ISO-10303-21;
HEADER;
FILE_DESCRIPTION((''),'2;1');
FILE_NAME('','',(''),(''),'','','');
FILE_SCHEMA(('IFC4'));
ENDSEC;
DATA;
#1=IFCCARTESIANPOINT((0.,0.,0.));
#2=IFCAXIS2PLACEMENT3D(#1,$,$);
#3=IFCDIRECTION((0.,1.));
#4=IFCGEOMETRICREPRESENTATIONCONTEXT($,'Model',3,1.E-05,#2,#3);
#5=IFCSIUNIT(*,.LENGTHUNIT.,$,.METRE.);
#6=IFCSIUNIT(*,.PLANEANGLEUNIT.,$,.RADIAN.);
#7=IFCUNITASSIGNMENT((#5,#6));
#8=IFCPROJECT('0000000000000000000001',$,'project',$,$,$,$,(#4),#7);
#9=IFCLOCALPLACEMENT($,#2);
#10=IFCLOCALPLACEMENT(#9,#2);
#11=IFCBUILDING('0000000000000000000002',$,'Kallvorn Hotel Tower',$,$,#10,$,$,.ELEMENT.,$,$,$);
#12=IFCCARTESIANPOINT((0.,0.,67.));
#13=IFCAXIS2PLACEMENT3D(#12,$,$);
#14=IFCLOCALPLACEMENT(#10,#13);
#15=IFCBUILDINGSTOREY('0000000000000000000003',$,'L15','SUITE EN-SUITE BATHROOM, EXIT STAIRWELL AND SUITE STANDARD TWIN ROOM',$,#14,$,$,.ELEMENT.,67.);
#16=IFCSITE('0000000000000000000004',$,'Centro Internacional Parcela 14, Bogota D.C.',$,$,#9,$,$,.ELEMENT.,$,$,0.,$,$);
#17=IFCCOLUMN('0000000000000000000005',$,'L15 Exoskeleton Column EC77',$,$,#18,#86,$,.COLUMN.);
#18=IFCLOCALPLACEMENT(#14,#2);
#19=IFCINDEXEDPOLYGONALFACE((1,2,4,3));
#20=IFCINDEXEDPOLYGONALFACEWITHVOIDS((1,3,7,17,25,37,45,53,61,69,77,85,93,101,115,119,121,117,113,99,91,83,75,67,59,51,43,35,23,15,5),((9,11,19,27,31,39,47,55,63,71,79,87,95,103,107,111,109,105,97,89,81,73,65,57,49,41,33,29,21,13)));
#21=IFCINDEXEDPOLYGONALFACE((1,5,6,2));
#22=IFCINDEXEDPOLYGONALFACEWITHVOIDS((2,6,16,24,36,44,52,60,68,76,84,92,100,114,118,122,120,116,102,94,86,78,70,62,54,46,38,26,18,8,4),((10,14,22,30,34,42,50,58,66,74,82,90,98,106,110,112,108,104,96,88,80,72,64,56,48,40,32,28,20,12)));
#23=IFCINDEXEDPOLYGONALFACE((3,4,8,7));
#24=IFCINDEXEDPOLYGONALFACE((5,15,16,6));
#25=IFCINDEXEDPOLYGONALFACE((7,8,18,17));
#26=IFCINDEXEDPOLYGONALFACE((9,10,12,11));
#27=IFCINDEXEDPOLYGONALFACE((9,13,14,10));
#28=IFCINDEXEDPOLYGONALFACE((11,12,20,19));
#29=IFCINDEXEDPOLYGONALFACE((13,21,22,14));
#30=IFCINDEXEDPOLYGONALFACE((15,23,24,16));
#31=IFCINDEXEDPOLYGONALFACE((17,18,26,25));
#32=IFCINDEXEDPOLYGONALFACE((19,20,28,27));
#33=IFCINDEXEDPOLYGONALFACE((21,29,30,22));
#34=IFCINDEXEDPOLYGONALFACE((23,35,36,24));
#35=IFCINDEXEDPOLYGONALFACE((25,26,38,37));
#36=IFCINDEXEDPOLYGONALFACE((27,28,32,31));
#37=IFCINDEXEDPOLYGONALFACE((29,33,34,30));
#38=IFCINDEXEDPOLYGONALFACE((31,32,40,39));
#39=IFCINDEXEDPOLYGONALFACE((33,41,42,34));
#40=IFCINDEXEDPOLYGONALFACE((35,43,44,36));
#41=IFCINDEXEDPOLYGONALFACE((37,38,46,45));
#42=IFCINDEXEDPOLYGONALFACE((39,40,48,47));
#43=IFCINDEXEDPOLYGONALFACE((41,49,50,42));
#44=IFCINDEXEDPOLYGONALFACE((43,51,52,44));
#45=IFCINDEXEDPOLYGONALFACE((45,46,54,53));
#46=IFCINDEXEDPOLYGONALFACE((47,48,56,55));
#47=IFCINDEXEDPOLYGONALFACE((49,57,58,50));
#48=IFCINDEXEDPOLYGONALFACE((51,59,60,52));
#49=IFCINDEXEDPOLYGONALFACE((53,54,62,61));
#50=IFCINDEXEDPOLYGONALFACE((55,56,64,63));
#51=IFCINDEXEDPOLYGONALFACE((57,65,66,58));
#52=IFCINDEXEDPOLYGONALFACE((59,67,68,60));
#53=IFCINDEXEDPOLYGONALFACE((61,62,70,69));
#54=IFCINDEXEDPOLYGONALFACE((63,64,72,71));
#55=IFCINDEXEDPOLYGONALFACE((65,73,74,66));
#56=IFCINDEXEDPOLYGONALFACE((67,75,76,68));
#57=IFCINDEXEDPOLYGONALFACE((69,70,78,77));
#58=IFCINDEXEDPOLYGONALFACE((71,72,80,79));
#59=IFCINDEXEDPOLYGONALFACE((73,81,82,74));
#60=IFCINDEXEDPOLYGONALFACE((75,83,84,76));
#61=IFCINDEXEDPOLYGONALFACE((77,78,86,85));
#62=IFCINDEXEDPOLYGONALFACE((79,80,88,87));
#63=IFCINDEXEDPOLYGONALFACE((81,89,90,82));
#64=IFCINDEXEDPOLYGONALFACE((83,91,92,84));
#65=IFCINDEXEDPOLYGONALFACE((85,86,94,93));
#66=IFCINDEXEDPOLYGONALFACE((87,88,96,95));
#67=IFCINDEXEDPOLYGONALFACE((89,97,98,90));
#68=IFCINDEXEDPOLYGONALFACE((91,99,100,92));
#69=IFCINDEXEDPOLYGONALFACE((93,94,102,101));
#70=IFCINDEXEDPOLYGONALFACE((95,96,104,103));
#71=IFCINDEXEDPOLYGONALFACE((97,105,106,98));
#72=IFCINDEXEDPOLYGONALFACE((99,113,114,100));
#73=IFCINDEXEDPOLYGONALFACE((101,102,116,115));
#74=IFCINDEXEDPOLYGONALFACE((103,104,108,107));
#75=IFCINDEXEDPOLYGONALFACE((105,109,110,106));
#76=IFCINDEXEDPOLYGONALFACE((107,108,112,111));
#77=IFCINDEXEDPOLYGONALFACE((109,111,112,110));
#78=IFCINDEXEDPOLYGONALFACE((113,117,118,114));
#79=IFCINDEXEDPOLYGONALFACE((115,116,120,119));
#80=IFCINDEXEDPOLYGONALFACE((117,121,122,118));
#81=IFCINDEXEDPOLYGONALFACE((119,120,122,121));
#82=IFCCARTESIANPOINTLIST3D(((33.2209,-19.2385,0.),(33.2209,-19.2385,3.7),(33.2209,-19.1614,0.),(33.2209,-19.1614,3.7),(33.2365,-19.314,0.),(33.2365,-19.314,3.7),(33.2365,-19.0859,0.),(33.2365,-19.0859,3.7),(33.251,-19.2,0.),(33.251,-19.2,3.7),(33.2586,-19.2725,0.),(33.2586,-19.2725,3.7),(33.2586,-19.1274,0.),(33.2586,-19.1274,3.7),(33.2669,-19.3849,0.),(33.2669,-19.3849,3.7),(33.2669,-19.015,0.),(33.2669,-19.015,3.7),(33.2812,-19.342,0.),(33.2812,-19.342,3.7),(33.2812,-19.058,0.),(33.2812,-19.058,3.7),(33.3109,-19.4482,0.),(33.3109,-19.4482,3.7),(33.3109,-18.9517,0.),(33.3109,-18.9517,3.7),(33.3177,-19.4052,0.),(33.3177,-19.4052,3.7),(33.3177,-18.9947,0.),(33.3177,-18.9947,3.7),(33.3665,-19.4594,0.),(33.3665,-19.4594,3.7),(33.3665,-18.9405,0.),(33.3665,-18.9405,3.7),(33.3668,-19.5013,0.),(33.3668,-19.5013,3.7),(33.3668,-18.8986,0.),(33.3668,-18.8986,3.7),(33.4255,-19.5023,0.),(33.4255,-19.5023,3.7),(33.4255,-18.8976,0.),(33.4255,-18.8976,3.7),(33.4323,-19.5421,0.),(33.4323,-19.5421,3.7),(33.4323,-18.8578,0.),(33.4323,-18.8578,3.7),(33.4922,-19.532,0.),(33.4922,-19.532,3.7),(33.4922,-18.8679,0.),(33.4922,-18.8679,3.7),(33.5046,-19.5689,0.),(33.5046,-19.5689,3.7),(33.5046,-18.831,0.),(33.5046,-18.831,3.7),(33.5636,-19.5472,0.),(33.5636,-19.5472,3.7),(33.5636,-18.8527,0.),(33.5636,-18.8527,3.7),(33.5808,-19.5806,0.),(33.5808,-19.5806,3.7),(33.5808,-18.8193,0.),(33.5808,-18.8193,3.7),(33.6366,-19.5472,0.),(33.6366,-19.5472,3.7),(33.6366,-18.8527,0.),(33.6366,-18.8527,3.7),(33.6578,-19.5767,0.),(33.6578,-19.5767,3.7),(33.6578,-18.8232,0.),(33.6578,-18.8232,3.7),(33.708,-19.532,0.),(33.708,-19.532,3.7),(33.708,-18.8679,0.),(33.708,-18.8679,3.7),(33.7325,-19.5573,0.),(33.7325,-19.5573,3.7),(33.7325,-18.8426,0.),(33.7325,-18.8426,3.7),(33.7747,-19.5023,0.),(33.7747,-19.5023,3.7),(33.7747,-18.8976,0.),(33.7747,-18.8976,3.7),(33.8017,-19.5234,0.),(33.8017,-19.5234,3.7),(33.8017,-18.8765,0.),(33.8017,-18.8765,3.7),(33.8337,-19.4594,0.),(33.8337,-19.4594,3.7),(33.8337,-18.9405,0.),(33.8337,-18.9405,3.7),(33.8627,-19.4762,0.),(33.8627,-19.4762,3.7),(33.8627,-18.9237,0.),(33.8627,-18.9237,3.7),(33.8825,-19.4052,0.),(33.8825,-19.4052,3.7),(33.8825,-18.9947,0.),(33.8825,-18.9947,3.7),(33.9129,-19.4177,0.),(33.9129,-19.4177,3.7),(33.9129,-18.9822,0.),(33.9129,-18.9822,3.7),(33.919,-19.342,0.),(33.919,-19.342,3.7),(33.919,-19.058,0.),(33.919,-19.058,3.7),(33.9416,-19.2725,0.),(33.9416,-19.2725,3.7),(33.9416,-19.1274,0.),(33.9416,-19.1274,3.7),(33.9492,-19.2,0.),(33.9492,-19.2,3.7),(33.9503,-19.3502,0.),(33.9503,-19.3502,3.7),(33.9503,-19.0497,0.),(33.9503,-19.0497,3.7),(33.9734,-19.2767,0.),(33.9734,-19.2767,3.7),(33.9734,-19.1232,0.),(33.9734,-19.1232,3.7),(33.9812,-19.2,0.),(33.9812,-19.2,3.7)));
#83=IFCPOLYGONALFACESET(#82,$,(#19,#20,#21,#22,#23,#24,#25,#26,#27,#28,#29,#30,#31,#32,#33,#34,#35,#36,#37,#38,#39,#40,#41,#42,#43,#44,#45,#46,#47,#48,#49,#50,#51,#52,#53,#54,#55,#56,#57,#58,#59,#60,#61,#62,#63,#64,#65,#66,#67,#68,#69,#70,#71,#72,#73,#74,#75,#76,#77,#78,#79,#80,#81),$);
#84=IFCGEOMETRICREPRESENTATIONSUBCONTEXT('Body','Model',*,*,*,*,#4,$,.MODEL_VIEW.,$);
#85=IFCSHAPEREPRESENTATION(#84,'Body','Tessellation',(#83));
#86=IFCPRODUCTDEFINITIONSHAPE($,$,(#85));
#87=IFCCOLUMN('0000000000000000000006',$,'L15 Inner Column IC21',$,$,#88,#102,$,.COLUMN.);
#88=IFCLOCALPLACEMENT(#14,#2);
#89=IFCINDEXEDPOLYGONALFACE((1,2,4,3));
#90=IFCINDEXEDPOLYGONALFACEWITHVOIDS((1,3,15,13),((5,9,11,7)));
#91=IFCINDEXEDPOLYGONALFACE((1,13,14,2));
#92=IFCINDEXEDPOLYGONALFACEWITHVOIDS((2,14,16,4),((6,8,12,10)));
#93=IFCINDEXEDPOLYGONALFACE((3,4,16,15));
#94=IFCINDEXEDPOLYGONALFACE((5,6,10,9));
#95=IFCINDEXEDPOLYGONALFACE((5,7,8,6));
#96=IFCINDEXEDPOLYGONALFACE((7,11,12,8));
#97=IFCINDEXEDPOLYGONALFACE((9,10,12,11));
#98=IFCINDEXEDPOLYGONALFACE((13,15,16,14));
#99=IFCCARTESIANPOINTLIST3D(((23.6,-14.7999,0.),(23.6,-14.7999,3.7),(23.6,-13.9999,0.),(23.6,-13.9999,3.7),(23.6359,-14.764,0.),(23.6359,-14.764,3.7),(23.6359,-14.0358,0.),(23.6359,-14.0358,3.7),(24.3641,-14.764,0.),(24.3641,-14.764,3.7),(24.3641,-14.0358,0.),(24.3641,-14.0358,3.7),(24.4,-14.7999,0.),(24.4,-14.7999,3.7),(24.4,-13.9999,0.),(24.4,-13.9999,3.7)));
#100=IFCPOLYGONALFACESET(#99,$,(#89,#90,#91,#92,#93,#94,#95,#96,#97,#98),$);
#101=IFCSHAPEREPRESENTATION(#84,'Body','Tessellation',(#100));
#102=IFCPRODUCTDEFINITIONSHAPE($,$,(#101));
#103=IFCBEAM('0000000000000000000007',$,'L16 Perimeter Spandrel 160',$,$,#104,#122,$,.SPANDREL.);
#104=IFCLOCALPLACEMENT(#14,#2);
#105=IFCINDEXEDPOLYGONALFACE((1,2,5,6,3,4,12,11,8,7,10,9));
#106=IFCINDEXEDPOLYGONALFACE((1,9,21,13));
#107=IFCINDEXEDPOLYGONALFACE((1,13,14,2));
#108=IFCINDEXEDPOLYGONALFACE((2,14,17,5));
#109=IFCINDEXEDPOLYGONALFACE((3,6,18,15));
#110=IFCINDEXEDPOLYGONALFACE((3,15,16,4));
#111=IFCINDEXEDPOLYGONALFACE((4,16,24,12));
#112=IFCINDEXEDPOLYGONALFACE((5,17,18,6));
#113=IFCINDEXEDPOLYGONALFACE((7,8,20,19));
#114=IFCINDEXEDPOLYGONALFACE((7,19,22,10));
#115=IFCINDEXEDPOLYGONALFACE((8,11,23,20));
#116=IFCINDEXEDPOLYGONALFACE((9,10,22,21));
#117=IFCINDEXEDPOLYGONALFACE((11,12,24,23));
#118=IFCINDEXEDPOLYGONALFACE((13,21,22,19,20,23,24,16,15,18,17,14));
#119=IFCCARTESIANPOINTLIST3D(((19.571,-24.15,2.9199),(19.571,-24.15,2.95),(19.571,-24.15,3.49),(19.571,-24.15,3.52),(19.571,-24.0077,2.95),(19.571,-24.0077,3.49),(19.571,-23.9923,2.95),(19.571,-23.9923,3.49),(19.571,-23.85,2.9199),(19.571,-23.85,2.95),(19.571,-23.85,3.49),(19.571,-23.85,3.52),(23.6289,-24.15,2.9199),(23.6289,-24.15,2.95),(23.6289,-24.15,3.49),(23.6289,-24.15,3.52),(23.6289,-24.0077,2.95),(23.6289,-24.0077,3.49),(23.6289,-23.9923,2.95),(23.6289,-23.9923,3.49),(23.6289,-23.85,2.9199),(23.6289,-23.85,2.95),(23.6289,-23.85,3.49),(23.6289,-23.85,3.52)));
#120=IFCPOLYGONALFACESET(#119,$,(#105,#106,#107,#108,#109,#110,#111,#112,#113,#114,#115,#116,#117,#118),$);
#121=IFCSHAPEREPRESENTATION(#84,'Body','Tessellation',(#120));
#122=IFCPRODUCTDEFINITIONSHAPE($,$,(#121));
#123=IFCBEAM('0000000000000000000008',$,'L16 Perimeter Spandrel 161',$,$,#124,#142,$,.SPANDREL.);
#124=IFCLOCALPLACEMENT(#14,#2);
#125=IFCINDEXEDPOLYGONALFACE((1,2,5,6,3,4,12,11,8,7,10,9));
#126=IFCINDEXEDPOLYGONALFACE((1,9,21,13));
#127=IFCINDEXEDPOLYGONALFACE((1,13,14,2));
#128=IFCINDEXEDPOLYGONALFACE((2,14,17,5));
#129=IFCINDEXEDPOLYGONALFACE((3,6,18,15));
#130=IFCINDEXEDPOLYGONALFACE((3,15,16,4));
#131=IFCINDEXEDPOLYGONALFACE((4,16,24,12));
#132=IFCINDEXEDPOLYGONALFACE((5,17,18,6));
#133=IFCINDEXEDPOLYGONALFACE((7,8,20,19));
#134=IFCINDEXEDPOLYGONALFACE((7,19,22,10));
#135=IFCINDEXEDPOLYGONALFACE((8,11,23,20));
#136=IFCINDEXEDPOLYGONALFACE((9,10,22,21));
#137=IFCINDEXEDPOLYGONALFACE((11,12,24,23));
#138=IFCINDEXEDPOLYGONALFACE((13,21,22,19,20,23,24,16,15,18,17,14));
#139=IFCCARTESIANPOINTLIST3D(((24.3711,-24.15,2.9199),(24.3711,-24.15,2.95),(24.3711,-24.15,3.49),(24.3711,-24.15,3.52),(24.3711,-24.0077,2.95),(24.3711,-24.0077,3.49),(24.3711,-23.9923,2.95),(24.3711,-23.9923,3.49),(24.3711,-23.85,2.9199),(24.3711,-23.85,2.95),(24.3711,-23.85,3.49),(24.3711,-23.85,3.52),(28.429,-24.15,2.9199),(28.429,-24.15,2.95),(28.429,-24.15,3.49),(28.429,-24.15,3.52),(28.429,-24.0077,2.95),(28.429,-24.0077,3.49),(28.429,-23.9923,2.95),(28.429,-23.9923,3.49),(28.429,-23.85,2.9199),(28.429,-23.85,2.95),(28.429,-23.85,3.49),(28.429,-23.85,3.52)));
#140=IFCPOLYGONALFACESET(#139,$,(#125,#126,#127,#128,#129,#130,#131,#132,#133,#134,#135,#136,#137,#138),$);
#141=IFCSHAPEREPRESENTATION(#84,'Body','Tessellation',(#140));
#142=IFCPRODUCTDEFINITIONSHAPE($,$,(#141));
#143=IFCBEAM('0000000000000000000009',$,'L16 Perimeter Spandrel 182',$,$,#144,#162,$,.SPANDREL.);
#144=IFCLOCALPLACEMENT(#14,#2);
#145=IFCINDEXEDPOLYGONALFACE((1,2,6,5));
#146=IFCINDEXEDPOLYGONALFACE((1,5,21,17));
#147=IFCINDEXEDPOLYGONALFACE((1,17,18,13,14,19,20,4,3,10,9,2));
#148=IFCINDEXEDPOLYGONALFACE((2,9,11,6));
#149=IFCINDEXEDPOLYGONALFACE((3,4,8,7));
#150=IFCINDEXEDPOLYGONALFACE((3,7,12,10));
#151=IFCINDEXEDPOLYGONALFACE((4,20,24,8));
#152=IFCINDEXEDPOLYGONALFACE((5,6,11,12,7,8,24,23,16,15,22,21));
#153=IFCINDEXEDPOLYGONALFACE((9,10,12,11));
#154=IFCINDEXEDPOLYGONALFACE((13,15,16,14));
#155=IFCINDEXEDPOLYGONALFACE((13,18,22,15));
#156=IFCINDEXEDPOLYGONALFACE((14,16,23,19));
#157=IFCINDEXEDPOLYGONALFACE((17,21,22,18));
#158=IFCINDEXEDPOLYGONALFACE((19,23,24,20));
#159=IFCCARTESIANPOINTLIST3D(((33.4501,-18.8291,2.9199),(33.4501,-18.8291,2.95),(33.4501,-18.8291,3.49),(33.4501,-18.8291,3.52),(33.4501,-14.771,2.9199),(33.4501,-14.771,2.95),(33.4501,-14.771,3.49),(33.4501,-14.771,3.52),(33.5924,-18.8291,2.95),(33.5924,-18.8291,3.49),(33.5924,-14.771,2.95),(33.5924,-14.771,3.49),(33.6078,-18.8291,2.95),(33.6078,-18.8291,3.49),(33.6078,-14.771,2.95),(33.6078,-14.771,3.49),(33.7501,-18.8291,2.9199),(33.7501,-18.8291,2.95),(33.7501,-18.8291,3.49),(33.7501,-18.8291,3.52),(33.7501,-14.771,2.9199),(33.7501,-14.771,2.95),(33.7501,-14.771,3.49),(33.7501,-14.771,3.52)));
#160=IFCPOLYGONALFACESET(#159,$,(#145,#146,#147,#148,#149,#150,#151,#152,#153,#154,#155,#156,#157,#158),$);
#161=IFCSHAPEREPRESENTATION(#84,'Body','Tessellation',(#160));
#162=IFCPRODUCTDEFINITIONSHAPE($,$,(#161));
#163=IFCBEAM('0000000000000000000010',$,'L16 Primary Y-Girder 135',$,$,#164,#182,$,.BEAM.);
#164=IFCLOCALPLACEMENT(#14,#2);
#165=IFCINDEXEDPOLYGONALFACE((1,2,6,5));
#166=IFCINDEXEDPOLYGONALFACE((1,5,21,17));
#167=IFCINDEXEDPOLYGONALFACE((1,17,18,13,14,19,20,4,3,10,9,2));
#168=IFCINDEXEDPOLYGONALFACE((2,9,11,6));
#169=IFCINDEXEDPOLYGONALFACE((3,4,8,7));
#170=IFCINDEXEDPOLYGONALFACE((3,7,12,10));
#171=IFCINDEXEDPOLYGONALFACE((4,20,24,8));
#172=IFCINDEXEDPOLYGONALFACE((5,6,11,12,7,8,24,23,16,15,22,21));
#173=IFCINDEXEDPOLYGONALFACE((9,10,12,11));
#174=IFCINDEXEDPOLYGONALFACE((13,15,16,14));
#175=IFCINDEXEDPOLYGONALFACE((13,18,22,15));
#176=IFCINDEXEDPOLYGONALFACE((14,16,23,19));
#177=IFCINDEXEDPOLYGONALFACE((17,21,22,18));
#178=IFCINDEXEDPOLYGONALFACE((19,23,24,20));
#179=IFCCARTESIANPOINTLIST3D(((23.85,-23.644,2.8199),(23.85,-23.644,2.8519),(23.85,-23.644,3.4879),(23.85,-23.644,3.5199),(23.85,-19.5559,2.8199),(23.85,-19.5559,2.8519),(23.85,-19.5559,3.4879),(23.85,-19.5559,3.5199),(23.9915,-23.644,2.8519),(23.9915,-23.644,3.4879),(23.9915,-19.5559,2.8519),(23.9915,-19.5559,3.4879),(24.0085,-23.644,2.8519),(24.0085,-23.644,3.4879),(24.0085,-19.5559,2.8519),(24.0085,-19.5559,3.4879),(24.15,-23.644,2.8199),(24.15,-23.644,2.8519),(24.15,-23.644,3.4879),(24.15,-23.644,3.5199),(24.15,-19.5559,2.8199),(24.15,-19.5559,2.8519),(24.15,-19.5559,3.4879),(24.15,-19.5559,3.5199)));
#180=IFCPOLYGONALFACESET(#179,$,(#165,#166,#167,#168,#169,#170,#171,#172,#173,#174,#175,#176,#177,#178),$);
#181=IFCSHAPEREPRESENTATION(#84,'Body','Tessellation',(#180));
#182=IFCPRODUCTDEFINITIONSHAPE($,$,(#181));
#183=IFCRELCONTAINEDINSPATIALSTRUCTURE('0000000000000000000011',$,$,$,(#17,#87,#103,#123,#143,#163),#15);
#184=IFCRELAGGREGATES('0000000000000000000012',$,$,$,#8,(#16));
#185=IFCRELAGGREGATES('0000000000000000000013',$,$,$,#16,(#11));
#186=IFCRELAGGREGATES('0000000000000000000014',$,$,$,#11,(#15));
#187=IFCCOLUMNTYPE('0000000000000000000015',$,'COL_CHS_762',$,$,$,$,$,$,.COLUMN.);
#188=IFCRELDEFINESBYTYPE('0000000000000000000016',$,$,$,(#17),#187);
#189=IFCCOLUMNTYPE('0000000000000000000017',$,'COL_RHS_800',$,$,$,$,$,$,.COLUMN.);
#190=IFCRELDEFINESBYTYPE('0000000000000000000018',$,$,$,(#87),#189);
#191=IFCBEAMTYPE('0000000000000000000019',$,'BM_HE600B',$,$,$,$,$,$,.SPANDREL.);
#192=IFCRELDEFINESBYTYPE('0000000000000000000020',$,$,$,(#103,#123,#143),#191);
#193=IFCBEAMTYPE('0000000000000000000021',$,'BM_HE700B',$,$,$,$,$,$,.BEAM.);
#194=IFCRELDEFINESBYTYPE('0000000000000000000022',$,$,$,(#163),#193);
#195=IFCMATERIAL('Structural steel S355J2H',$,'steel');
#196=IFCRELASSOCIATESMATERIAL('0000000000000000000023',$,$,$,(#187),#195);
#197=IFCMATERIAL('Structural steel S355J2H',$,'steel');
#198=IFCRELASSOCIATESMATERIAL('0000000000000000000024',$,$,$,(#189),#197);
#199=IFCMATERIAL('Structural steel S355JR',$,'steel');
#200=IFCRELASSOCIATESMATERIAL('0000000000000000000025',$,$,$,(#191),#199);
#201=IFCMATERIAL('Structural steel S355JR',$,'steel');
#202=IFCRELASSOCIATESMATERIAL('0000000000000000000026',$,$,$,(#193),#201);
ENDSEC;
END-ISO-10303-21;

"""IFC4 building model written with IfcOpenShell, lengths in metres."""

from ifc_helpers import new_model, si_unit, direction, frame, origin, origin_2d, place, context, subcontext, project, spatial, hollow_rectangle, hollow_circle, i_section, extrude, material, material_profile, profile_set, type_object, element, save


model = new_model("IFC4")

# Units and contexts
model_context = context("Model", 3, precision=1e-05, world=origin(), true_north=direction((0.0, 1.0)))
body_context = subcontext(model_context, "Body", "Model", "MODEL_VIEW")
ifc_project = project(units=[si_unit("LENGTHUNIT", "METRE"), si_unit("PLANEANGLEUNIT", "RADIAN")], contexts=[model_context])

# Site, building, storey
site_placement = place(None, origin())
site = spatial("IfcSite", under=ifc_project, at=site_placement, Name="Centro Internacional Parcela 14, Bogota D.C.", CompositionType="ELEMENT", RefElevation=0.0)
building_placement = place(site_placement, origin())
building = spatial("IfcBuilding", under=site, at=building_placement, Name="Kallvorn Hotel Tower", CompositionType="ELEMENT")
storey_placement = place(building_placement, frame((0.0, 0.0, 67.0)))
storey = spatial("IfcBuildingStorey", under=building, at=storey_placement, Name="L15", Description="SUITE EN-SUITE BATHROOM, EXIT STAIRWELL AND SUITE STANDARD TWIN ROOM", CompositionType="ELEMENT", Elevation=67.0)

# Columns
ifc_material_1 = material(Name="Structural steel S355J2H", Category="steel")
ifc_material_profile_1 = material_profile(ifc_material_1, hollow_circle(Radius=0.3811, WallThickness=0.032, at=origin_2d()), Name="CHS 762x32")
ifc_profile_set_1 = profile_set([ifc_material_profile_1], Name="Structural steel S355J2H")
column_type_1 = type_object("IfcColumnType", Name="COL_CHS_762", PredefinedType="COLUMN", material=ifc_profile_set_1)
for number, where, z_axis, x_axis, name in (
    (1, (33.6001, -19.2, 0.0), (0.0, 0.0, 1.0), (1.0, 0.0, 0.0), "L15 Exoskeleton Column EC77"),
):
    element("IfcColumn", number, at=place(storey_placement, frame(where, z_axis=z_axis, x_axis=x_axis)), inside=storey, type_object=column_type_1, Name=name, PredefinedType="COLUMN", context=body_context, shape_type="SweptSolid", body=[
        extrude(hollow_circle(Radius=0.3811, WallThickness=0.032, at=origin_2d()), origin(), (0.0, 0.0, 1.0), 3.7),
    ])
ifc_material_2 = material(Name="Structural steel S355J2H", Category="steel")
ifc_material_profile_2 = material_profile(ifc_material_2, hollow_rectangle(XDim=0.8, YDim=0.8, WallThickness=0.0359, at=origin_2d()), Name="RHS 800x800x36")
ifc_profile_set_2 = profile_set([ifc_material_profile_2], Name="Structural steel S355J2H")
column_type_2 = type_object("IfcColumnType", Name="COL_RHS_800", PredefinedType="COLUMN", material=ifc_profile_set_2)
column_placement = place(storey_placement, frame((24.0, -14.3999, 0.0), z_axis=(0.0, 0.0, 1.0), x_axis=(1.0, 0.0, 0.0)))
element("IfcColumn", 2, at=column_placement, inside=storey, type_object=column_type_2, Name="L15 Inner Column IC21", PredefinedType="COLUMN", context=body_context, shape_type="SweptSolid", body=[
    extrude(hollow_rectangle(XDim=0.8, YDim=0.8, WallThickness=0.0359, at=origin_2d()), origin(), (0.0, 0.0, 1.0), 3.7),
])

# Beams
ifc_material_3 = material(Name="Structural steel S355JR", Category="steel")
ifc_material_profile_3 = material_profile(ifc_material_3, i_section(OverallWidth=0.3, OverallDepth=0.6001, WebThickness=0.0154, FlangeThickness=0.03, at=origin_2d()), Name="HE 600 B")
ifc_profile_set_3 = profile_set([ifc_material_profile_3], Name="Structural steel S355JR")
beam_type_1 = type_object("IfcBeamType", Name="BM_HE600B", PredefinedType="SPANDREL", material=ifc_profile_set_3)
for number, where, z_axis, x_axis, name in (
    (3, (19.571, -24.0, 3.22), (1.0, 0.0, 0.0), (0.0, 1.0, 0.0), "L16 Perimeter Spandrel 160"),
    (4, (24.3711, -24.0, 3.22), (1.0, 0.0, 0.0), (0.0, 1.0, 0.0), "L16 Perimeter Spandrel 161"),
):
    element("IfcBeam", number, at=place(storey_placement, frame(where, z_axis=z_axis, x_axis=x_axis)), inside=storey, type_object=beam_type_1, Name=name, PredefinedType="SPANDREL", context=body_context, shape_type="SweptSolid", body=[
        extrude(i_section(OverallWidth=0.3, OverallDepth=0.6001, WebThickness=0.0154, FlangeThickness=0.03, at=origin_2d()), origin(), (0.0, 0.0, 1.0), 4.0579),
    ])
beam_1_placement = place(storey_placement, frame((33.6001, -18.8291, 3.22), z_axis=(0.0, 1.0, 0.0), x_axis=(-1.0, 0.0, 0.0)))
element("IfcBeam", 5, at=beam_1_placement, inside=storey, type_object=beam_type_1, Name="L16 Perimeter Spandrel 182", PredefinedType="SPANDREL", context=body_context, shape_type="SweptSolid", body=[
    extrude(i_section(OverallWidth=0.3, OverallDepth=0.6001, WebThickness=0.0154, FlangeThickness=0.03, at=origin_2d()), origin(), (0.0, 0.0, 1.0), 4.0581),
])
ifc_material_4 = material(Name="Structural steel S355JR", Category="steel")
ifc_material_profile_4 = material_profile(ifc_material_4, i_section(OverallWidth=0.3, OverallDepth=0.7, WebThickness=0.0171, FlangeThickness=0.032, at=origin_2d()), Name="HE 700 B")
ifc_profile_set_4 = profile_set([ifc_material_profile_4], Name="Structural steel S355JR")
beam_type_2 = type_object("IfcBeamType", Name="BM_HE700B", PredefinedType="BEAM", material=ifc_profile_set_4)
beam_2_placement = place(storey_placement, frame((24.0, -23.644, 3.1699), z_axis=(0.0, 1.0, 0.0), x_axis=(-1.0, 0.0, 0.0)))
element("IfcBeam", 6, at=beam_2_placement, inside=storey, type_object=beam_type_2, Name="L16 Primary Y-Girder 135", PredefinedType="BEAM", context=body_context, shape_type="SweptSolid", body=[
    extrude(i_section(OverallWidth=0.3, OverallDepth=0.7, WebThickness=0.0171, FlangeThickness=0.032, at=origin_2d()), origin(), (0.0, 0.0, 1.0), 4.0881),
])

save(model, "model.ifc")
